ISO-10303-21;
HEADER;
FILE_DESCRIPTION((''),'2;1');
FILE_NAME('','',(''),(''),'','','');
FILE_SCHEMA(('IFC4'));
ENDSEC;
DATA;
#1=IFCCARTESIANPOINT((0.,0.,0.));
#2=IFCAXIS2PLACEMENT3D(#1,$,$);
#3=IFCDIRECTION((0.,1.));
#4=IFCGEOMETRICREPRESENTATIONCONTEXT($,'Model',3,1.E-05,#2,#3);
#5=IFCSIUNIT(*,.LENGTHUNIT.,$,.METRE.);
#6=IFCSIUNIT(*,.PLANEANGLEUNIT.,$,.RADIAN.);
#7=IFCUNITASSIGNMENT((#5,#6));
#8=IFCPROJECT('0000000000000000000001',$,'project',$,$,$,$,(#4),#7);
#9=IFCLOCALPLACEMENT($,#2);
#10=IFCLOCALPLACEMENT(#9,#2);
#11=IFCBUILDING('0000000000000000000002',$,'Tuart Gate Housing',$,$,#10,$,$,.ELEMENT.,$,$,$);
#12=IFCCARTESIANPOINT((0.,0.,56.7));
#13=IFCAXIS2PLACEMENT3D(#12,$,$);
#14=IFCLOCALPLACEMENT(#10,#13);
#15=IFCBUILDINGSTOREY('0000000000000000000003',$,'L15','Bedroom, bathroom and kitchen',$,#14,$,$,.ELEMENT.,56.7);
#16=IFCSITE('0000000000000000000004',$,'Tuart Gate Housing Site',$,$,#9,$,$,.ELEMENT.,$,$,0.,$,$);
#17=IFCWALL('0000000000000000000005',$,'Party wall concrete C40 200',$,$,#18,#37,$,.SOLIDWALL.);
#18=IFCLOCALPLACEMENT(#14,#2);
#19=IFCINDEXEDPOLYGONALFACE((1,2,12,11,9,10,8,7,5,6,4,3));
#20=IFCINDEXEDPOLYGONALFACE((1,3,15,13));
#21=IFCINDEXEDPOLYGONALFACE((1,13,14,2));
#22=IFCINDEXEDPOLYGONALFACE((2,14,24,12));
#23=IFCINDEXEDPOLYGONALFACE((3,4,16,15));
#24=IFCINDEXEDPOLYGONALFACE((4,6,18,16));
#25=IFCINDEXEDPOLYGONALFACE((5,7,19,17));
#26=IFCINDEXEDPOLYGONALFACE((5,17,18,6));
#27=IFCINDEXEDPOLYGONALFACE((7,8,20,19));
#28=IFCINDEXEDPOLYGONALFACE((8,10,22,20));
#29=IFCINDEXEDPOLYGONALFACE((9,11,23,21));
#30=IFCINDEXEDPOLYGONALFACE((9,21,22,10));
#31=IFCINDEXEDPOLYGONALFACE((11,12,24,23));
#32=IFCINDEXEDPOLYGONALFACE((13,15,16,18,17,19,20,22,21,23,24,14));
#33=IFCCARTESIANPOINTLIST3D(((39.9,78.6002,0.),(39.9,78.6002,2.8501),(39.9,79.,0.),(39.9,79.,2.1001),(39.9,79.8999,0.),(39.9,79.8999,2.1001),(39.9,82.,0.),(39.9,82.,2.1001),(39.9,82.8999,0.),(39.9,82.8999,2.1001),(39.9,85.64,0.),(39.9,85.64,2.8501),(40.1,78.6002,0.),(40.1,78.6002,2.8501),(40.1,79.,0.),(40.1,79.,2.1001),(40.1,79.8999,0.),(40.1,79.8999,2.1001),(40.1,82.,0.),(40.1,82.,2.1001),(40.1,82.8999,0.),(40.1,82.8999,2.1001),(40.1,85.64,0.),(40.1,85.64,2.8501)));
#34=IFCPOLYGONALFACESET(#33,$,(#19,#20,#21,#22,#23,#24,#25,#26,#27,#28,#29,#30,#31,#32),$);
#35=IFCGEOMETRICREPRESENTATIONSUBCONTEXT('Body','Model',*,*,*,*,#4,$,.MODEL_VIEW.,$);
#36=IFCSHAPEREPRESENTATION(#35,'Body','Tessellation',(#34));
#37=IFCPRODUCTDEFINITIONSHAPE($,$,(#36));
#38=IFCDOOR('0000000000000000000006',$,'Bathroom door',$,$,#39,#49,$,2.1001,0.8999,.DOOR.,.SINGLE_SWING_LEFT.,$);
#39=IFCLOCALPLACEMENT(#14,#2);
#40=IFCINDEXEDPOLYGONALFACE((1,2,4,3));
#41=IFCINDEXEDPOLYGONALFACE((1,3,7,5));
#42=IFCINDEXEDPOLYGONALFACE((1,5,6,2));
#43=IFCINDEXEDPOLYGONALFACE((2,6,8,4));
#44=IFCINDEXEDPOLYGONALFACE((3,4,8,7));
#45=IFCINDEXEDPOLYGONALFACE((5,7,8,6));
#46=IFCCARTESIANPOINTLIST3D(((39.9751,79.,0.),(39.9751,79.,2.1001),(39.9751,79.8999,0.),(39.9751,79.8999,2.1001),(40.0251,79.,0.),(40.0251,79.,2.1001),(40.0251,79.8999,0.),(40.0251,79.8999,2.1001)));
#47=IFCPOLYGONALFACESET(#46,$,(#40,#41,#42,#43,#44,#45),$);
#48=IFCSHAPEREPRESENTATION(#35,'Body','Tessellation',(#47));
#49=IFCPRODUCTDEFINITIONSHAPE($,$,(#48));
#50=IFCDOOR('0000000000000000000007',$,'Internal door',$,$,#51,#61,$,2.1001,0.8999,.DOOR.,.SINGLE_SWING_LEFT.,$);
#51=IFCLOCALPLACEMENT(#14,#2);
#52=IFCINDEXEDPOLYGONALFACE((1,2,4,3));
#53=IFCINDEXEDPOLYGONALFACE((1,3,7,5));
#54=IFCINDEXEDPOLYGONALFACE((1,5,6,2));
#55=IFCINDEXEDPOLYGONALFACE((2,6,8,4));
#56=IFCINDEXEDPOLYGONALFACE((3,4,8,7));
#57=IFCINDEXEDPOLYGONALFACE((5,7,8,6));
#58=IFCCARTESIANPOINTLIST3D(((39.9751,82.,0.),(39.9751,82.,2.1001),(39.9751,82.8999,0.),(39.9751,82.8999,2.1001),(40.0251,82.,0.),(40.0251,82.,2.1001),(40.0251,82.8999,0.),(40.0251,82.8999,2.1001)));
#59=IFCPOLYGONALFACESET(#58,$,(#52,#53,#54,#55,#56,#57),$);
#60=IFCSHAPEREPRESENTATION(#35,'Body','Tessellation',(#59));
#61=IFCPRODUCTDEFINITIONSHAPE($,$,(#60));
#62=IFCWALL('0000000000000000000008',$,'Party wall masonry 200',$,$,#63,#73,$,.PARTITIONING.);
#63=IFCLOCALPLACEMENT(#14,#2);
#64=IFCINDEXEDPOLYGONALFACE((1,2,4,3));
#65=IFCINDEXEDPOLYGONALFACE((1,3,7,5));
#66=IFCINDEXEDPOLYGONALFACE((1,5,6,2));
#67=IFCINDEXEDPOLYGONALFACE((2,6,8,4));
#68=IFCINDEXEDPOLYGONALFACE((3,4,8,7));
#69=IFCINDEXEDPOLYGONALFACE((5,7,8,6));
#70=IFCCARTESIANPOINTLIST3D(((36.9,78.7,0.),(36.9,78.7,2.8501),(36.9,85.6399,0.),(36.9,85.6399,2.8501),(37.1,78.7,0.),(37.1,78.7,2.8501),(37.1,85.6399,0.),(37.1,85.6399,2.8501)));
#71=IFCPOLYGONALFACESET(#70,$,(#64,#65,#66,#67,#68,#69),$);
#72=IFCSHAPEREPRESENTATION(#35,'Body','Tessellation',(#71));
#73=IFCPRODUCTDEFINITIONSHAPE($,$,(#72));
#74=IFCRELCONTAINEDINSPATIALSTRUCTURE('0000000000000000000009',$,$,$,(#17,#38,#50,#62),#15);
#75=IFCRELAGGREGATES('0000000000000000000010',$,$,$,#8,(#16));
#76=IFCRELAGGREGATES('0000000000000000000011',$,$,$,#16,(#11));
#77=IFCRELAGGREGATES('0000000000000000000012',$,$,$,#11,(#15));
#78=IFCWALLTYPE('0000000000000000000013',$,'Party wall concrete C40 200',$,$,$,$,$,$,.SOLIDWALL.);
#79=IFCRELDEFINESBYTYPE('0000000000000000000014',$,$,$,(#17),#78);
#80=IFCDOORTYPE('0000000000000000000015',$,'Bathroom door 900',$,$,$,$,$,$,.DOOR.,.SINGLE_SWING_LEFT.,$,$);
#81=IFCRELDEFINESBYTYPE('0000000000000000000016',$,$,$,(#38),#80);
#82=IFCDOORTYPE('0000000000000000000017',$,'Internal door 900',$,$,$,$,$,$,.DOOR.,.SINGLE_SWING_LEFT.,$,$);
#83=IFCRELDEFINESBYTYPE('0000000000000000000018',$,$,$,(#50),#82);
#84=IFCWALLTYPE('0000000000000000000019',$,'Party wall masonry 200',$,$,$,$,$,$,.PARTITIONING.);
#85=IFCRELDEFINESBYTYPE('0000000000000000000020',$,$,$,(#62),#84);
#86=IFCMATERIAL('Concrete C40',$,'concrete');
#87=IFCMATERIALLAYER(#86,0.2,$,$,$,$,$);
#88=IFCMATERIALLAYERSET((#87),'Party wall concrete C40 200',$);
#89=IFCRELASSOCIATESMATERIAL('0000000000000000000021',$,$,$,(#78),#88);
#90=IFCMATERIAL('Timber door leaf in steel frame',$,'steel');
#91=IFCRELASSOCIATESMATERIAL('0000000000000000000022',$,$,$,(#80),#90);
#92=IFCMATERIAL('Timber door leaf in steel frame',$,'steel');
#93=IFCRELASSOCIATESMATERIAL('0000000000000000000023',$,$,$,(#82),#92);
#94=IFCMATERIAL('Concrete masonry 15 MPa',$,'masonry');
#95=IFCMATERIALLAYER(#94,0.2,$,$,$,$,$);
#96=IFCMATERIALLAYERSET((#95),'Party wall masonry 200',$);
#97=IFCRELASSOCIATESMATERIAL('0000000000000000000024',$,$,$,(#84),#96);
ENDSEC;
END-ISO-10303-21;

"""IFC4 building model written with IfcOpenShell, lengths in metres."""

from ifc_helpers import new_model, si_unit, direction, frame, frame_2d, origin, place, context, subcontext, project, spatial, rectangle, extrude, material, layer, layer_set, type_object, element, fill, save


model = new_model("IFC4")

# Units and contexts
model_context = context("Model", 3, precision=1e-05, world=origin(), true_north=direction((0.0, 1.0)))
body_context = subcontext(model_context, "Body", "Model", "MODEL_VIEW")
ifc_project = project(units=[si_unit("LENGTHUNIT", "METRE"), si_unit("PLANEANGLEUNIT", "RADIAN")], contexts=[model_context])

# Site, building, storey
site_placement = place(None, origin())
site = spatial("IfcSite", under=ifc_project, at=site_placement, Name="Tuart Gate Housing Site", CompositionType="ELEMENT", RefElevation=0.0)
building_placement = place(site_placement, origin())
building = spatial("IfcBuilding", under=site, at=building_placement, Name="Tuart Gate Housing", CompositionType="ELEMENT")
storey_placement = place(building_placement, frame((0.0, 0.0, 56.7)))
storey = spatial("IfcBuildingStorey", under=building, at=storey_placement, Name="L15", Description="Bedroom, bathroom and kitchen", CompositionType="ELEMENT", Elevation=56.7)

# Wall, openings, doors
ifc_material_1 = material(Name="Concrete C40", Category="concrete")
ifc_layer_1 = layer(ifc_material_1, 0.2)
ifc_layer_set_1 = layer_set([ifc_layer_1], Name="Party wall concrete C40 200")
wall_type_1 = type_object("IfcWallType", Name="Party wall concrete C40 200", PredefinedType="SOLIDWALL", material=ifc_layer_set_1)
wall_1_placement = place(storey_placement, frame((40.0, 78.6001, 0.0), z_axis=(0.0, 0.0, 1.0), x_axis=(0.0, 1.0, 0.0)))
wall_1 = element("IfcWall", 1, at=wall_1_placement, inside=storey, type_object=wall_type_1, Name="Party wall concrete C40 200", PredefinedType="SOLIDWALL", context=body_context, shape_type="SweptSolid", body=[
    extrude(rectangle(XDim=7.0398, YDim=0.2, at=frame_2d((3.52, 0.0))), origin(), (0.0, 0.0, 1.0), 2.8501),
])
opening_1_placement = place(wall_1_placement, frame((3.3999, 0.0, 0.0)))
opening_1 = element("IfcOpeningElement", 2, at=opening_1_placement, cuts=wall_1, PredefinedType="OPENING", context=body_context, shape_type="SweptSolid", body=[
    extrude(rectangle(XDim=0.8999, YDim=2.1001, at=frame_2d((0.45, 1.05))), frame((0.0, 0.1099, 0.0), z_axis=(0.0, -1.0, 0.0), x_axis=(1.0, 0.0, 0.0)), (0.0, 0.0, 1.0), 0.22),
])
opening_2_placement = place(wall_1_placement, frame((0.3999, 0.0, 0.0)))
opening_2 = element("IfcOpeningElement", 3, at=opening_2_placement, cuts=wall_1, PredefinedType="OPENING", context=body_context, shape_type="SweptSolid", body=[
    extrude(rectangle(XDim=0.8999, YDim=2.1001, at=frame_2d((0.45, 1.05))), frame((0.0, 0.1099, 0.0), z_axis=(0.0, -1.0, 0.0), x_axis=(1.0, 0.0, 0.0)), (0.0, 0.0, 1.0), 0.22),
])
ifc_material_2 = material(Name="Timber door leaf in steel frame", Category="steel")
door_type_1 = type_object("IfcDoorType", Name="Bathroom door 900", OperationType="SINGLE_SWING_LEFT", PredefinedType="DOOR", material=ifc_material_2)
door_1_placement = place(opening_2_placement, origin())
door_1 = element("IfcDoor", 4, at=door_1_placement, inside=storey, type_object=door_type_1, Name="Bathroom door", OperationType="SINGLE_SWING_LEFT", OverallHeight=2.1001, OverallWidth=0.8999, PredefinedType="DOOR", context=body_context, shape_type="SweptSolid", body=[
    extrude(rectangle(XDim=0.8999, YDim=2.1001, at=frame_2d((0.45, 1.05))), frame((0.0, 0.0249, 0.0), z_axis=(0.0, -1.0, 0.0), x_axis=(1.0, 0.0, 0.0)), (0.0, 0.0, 1.0), 0.05),
])
fill(opening_2, door_1)
ifc_material_3 = material(Name="Timber door leaf in steel frame", Category="steel")
door_type_2 = type_object("IfcDoorType", Name="Internal door 900", OperationType="SINGLE_SWING_LEFT", PredefinedType="DOOR", material=ifc_material_3)
door_2_placement = place(opening_1_placement, origin())
door_2 = element("IfcDoor", 5, at=door_2_placement, inside=storey, type_object=door_type_2, Name="Internal door", OperationType="SINGLE_SWING_LEFT", OverallHeight=2.1001, OverallWidth=0.8999, PredefinedType="DOOR", context=body_context, shape_type="SweptSolid", body=[
    extrude(rectangle(XDim=0.8999, YDim=2.1001, at=frame_2d((0.45, 1.05))), frame((0.0, 0.0249, 0.0), z_axis=(0.0, -1.0, 0.0), x_axis=(1.0, 0.0, 0.0)), (0.0, 0.0, 1.0), 0.05),
])
fill(opening_1, door_2)

# Wall
ifc_material_4 = material(Name="Concrete masonry 15 MPa", Category="masonry")
ifc_layer_2 = layer(ifc_material_4, 0.2)
ifc_layer_set_2 = layer_set([ifc_layer_2], Name="Party wall masonry 200")
wall_type_2 = type_object("IfcWallType", Name="Party wall masonry 200", PredefinedType="PARTITIONING", material=ifc_layer_set_2)
wall_2_placement = place(storey_placement, frame((37.0, 78.7, 0.0), z_axis=(0.0, 0.0, 1.0), x_axis=(0.0, 1.0, 0.0)))
element("IfcWall", 6, at=wall_2_placement, inside=storey, type_object=wall_type_2, Name="Party wall masonry 200", PredefinedType="PARTITIONING", context=body_context, shape_type="SweptSolid", body=[
    extrude(rectangle(XDim=6.9399, YDim=0.2, at=frame_2d((3.47, 0.0))), origin(), (0.0, 0.0, 1.0), 2.8501),
])

save(model, "model.ifc")
